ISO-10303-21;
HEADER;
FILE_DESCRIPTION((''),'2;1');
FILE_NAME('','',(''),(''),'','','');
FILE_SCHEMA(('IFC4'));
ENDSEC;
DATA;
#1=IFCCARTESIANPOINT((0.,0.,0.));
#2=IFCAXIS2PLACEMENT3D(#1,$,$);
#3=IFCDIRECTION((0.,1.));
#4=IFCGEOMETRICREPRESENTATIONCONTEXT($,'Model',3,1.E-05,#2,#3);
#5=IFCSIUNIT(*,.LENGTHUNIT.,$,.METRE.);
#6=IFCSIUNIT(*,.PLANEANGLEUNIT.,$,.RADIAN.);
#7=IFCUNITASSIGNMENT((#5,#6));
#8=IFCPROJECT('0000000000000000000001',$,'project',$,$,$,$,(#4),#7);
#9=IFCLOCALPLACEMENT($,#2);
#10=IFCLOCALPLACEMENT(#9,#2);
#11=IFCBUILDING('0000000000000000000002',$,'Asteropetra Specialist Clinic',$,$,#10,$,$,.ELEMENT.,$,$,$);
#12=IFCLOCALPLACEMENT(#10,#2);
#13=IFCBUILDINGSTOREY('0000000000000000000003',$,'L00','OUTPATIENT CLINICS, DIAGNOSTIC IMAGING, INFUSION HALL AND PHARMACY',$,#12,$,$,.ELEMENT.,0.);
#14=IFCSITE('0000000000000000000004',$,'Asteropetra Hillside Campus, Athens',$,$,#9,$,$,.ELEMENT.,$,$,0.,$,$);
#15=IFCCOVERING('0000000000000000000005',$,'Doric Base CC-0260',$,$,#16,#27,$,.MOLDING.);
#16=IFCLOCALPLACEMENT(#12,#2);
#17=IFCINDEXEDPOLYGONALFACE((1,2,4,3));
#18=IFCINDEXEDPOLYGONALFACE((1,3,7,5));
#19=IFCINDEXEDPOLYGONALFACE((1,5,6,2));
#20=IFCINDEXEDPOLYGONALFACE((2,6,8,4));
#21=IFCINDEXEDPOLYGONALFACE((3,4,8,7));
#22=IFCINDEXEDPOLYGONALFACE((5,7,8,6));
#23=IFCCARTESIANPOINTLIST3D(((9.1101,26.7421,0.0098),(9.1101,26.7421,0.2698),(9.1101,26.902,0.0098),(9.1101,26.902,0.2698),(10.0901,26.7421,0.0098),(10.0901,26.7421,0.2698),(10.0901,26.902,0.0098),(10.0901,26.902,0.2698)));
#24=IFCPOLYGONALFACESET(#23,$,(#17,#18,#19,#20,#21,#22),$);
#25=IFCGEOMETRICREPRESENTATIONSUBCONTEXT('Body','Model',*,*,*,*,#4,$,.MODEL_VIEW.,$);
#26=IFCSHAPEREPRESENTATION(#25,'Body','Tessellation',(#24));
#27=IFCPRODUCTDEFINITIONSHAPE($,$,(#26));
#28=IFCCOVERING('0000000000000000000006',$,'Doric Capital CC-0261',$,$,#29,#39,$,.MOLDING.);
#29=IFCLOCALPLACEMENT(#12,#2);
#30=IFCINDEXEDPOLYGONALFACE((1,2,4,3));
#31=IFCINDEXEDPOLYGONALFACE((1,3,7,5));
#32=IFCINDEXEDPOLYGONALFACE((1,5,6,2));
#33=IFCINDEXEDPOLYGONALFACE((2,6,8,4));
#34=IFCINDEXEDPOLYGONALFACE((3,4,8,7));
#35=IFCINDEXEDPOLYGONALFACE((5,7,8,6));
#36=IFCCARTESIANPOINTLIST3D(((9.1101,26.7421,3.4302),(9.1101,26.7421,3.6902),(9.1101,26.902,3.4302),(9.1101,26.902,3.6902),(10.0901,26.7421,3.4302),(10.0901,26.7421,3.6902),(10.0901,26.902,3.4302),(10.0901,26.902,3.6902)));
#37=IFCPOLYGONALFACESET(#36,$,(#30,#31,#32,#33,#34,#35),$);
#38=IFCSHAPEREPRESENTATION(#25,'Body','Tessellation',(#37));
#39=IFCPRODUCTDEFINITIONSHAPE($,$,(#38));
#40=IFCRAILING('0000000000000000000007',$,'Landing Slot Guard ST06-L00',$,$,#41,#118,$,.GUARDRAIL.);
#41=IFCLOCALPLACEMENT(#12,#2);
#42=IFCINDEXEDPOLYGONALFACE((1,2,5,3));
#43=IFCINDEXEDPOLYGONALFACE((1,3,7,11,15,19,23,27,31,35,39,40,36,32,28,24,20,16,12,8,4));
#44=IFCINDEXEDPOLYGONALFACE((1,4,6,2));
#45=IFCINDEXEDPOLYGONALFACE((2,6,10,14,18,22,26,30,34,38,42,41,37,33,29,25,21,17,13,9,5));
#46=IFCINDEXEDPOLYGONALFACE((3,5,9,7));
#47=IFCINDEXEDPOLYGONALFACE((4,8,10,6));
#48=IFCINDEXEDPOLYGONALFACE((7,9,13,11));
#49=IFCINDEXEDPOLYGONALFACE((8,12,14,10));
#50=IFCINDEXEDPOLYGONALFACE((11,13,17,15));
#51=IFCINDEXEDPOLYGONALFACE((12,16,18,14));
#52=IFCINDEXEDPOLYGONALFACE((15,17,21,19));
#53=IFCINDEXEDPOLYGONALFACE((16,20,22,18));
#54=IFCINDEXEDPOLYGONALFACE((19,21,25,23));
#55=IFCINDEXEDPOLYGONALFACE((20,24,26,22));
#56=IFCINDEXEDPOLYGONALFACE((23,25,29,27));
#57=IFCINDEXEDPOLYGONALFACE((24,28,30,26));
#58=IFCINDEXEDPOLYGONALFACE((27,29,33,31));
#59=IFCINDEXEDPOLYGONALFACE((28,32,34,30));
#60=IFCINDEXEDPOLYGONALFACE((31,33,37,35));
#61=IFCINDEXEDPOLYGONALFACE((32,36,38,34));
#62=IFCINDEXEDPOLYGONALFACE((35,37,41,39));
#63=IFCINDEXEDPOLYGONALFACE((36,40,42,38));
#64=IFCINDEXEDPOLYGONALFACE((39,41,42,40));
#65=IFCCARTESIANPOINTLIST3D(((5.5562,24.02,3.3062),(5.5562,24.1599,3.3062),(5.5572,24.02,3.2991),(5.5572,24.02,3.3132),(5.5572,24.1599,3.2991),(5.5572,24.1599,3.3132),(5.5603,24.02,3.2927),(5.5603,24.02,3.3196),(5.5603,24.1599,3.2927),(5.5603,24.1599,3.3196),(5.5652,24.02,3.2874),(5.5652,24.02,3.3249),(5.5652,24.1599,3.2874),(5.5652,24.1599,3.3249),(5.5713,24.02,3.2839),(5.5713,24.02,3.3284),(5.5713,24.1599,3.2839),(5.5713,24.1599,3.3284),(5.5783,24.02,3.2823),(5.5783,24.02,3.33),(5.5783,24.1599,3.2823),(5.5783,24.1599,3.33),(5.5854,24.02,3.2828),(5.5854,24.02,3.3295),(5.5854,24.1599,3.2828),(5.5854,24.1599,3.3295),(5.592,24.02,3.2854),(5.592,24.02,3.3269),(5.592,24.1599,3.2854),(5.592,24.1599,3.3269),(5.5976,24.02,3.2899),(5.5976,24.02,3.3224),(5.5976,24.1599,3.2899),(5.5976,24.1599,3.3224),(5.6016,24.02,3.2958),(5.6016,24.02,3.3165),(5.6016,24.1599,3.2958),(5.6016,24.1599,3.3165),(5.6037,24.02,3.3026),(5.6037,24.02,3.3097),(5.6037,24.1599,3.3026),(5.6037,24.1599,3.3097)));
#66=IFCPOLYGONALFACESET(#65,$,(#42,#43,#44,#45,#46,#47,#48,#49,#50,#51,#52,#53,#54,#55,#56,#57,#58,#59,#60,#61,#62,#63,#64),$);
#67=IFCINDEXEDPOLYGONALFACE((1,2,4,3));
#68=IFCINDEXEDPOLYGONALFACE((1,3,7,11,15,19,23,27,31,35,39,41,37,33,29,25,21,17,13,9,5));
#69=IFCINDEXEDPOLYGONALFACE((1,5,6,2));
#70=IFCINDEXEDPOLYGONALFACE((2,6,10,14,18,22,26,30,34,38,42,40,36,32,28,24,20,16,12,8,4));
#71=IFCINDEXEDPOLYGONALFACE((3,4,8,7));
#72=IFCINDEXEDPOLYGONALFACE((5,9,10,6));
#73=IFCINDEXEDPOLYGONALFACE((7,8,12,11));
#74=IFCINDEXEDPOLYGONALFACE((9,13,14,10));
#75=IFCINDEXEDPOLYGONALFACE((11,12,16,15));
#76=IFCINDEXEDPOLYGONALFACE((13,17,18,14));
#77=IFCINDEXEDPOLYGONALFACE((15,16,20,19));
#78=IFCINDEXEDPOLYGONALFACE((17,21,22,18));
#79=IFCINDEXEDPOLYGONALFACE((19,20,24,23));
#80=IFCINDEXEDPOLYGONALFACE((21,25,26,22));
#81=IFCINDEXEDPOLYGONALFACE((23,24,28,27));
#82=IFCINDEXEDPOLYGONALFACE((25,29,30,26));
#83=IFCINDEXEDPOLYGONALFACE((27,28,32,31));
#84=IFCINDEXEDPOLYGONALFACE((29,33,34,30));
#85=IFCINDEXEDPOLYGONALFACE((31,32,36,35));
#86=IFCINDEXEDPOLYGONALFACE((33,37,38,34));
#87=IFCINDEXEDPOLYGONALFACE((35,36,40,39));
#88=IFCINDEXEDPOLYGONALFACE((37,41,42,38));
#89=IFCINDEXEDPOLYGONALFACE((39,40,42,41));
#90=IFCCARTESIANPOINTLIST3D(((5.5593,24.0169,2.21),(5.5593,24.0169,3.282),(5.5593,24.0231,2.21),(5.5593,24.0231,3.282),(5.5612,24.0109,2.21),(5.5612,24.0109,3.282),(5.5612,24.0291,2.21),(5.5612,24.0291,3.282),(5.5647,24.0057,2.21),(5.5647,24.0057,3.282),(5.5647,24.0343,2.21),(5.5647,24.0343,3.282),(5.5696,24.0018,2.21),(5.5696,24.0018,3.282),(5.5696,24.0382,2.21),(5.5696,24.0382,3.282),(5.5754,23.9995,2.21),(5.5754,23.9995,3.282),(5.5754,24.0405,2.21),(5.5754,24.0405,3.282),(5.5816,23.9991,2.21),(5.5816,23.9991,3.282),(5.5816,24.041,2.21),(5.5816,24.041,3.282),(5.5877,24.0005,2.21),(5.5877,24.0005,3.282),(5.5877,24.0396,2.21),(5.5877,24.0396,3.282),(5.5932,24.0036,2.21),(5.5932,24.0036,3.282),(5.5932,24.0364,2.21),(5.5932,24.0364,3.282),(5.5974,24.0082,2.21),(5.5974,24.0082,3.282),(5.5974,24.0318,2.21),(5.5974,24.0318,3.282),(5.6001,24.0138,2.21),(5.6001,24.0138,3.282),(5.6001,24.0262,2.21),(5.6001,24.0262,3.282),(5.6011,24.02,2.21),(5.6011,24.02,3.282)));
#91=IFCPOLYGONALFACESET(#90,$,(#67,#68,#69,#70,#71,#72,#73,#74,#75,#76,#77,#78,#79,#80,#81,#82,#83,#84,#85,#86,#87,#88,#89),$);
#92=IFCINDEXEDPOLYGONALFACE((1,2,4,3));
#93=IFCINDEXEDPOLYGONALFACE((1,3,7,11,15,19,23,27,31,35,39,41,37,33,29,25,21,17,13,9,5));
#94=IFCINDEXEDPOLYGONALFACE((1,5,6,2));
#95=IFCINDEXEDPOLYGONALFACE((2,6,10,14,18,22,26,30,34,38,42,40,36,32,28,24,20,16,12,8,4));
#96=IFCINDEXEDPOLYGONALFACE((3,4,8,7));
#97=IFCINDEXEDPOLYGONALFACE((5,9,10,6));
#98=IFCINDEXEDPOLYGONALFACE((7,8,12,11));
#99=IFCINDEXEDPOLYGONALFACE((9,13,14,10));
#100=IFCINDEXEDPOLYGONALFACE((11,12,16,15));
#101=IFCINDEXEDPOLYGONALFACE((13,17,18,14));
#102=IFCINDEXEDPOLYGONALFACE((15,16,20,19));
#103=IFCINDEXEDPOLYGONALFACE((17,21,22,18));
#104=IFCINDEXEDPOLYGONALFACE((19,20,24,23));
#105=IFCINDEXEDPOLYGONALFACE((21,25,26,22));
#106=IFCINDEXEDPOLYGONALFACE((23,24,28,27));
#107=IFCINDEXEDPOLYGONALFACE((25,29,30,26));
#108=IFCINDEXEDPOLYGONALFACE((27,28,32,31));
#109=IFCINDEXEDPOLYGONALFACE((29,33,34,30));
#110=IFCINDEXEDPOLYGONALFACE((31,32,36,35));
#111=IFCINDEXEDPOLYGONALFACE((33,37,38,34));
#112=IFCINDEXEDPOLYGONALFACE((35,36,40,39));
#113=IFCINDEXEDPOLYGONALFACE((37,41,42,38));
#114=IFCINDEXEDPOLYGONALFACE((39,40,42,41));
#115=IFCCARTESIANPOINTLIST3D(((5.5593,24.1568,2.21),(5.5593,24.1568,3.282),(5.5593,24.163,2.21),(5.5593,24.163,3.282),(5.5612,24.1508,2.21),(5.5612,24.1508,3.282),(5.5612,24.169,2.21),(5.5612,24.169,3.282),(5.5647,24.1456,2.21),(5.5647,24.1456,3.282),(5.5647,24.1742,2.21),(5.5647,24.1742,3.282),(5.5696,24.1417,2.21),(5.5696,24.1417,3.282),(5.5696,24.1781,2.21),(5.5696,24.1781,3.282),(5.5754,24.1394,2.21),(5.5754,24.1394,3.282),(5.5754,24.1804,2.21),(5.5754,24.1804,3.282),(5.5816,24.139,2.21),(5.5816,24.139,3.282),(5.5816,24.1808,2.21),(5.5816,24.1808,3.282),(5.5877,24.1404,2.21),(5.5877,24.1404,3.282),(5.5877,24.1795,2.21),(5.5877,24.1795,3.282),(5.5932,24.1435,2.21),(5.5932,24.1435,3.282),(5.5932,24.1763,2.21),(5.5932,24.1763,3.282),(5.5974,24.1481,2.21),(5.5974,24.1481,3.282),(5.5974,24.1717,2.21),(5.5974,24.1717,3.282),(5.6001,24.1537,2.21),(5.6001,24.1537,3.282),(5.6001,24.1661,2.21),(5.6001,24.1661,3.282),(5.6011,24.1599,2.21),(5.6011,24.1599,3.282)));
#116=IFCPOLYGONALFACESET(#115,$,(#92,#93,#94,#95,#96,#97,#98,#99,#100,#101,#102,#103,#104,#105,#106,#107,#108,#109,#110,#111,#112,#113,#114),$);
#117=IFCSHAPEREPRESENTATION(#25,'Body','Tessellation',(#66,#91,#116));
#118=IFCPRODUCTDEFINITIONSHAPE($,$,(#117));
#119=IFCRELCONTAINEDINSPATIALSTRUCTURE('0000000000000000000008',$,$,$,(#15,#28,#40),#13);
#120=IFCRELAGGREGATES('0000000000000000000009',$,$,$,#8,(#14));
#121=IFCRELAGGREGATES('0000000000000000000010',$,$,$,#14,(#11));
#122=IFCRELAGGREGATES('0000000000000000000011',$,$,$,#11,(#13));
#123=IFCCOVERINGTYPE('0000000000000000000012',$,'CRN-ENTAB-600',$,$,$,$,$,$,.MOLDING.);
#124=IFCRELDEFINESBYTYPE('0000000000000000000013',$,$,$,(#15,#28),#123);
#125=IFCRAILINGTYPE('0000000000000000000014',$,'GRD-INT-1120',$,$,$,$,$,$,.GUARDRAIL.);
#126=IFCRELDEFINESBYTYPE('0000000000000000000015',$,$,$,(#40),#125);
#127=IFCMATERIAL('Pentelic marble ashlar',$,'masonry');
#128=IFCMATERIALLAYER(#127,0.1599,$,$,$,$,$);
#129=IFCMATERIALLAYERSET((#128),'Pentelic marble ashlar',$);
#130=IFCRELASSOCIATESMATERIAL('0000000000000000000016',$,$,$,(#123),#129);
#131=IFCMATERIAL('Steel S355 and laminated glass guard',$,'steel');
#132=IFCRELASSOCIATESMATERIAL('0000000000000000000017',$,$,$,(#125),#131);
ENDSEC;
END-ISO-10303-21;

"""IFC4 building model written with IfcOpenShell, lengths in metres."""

from ifc_helpers import new_model, si_unit, direction, frame, origin, origin_2d, place, context, subcontext, project, spatial, rectangle, circle, extrude, material, layer, layer_set, type_object, element, save


model = new_model("IFC4")

# Units and contexts
model_context = context("Model", 3, precision=1e-05, world=origin(), true_north=direction((0.0, 1.0)))
body_context = subcontext(model_context, "Body", "Model", "MODEL_VIEW")
ifc_project = project(units=[si_unit("LENGTHUNIT", "METRE"), si_unit("PLANEANGLEUNIT", "RADIAN")], contexts=[model_context])

# Site, building, storey
site_placement = place(None, origin())
site = spatial("IfcSite", under=ifc_project, at=site_placement, Name="Asteropetra Hillside Campus, Athens", CompositionType="ELEMENT", RefElevation=0.0)
building_placement = place(site_placement, origin())
building = spatial("IfcBuilding", under=site, at=building_placement, Name="Asteropetra Specialist Clinic", CompositionType="ELEMENT")
storey_placement = place(building_placement, origin())
storey = spatial("IfcBuildingStorey", under=building, at=storey_placement, Name="L00", Description="OUTPATIENT CLINICS, DIAGNOSTIC IMAGING, INFUSION HALL AND PHARMACY", CompositionType="ELEMENT", Elevation=0.0)

# Coverings
ifc_material_1 = material(Name="Pentelic marble ashlar", Category="masonry")
ifc_layer_1 = layer(ifc_material_1, 0.1599)
ifc_layer_set_1 = layer_set([ifc_layer_1], Name="Pentelic marble ashlar")
covering_type = type_object("IfcCoveringType", Name="CRN-ENTAB-600", PredefinedType="MOLDING", material=ifc_layer_set_1)
for number, where, z_axis, x_axis, name in (
    (1, (9.6001, 26.822, 0.0098), (0.0, 0.0, 1.0), (1.0, 0.0, 0.0), "Doric Base CC-0260"),
    (2, (9.6001, 26.822, 3.4302), (0.0, 0.0, 1.0), (1.0, 0.0, 0.0), "Doric Capital CC-0261"),
):
    element("IfcCovering", number, at=place(storey_placement, frame(where, z_axis=z_axis, x_axis=x_axis)), inside=storey, type_object=covering_type, Name=name, PredefinedType="MOLDING", context=body_context, shape_type="SweptSolid", body=[
        extrude(rectangle(XDim=0.98, YDim=0.1599, at=origin_2d()), origin(), (0.0, 0.0, 1.0), 0.26),
    ])

# Railing
ifc_material_2 = material(Name="Steel S355 and laminated glass guard", Category="steel")
railing_type_1 = type_object("IfcRailingType", Name="GRD-INT-1120", PredefinedType="GUARDRAIL", material=ifc_material_2)
railing_1_placement = place(storey_placement, frame((5.5801, 24.02, 2.21)))
element("IfcRailing", 3, at=railing_1_placement, inside=storey, type_object=railing_type_1, Name="Landing Slot Guard ST06-L00", PredefinedType="GUARDRAIL", context=body_context, shape_type="SweptSolid", body=[
    extrude(circle(Radius=0.0239, at=origin_2d()), frame((0.0, 0.0, 1.0962), z_axis=(0.0, 1.0, 0.0), x_axis=(-1.0, 0.0, 0.0)), (0.0, 0.0, 1.0), 0.1399),
    extrude(circle(Radius=0.021, at=origin_2d()), origin(), (0.0, 0.0, 1.0), 1.072),
    extrude(circle(Radius=0.021, at=origin_2d()), frame((0.0, 0.1399, 0.0)), (0.0, 0.0, 1.0), 1.072),
])

save(model, "model.ifc")
